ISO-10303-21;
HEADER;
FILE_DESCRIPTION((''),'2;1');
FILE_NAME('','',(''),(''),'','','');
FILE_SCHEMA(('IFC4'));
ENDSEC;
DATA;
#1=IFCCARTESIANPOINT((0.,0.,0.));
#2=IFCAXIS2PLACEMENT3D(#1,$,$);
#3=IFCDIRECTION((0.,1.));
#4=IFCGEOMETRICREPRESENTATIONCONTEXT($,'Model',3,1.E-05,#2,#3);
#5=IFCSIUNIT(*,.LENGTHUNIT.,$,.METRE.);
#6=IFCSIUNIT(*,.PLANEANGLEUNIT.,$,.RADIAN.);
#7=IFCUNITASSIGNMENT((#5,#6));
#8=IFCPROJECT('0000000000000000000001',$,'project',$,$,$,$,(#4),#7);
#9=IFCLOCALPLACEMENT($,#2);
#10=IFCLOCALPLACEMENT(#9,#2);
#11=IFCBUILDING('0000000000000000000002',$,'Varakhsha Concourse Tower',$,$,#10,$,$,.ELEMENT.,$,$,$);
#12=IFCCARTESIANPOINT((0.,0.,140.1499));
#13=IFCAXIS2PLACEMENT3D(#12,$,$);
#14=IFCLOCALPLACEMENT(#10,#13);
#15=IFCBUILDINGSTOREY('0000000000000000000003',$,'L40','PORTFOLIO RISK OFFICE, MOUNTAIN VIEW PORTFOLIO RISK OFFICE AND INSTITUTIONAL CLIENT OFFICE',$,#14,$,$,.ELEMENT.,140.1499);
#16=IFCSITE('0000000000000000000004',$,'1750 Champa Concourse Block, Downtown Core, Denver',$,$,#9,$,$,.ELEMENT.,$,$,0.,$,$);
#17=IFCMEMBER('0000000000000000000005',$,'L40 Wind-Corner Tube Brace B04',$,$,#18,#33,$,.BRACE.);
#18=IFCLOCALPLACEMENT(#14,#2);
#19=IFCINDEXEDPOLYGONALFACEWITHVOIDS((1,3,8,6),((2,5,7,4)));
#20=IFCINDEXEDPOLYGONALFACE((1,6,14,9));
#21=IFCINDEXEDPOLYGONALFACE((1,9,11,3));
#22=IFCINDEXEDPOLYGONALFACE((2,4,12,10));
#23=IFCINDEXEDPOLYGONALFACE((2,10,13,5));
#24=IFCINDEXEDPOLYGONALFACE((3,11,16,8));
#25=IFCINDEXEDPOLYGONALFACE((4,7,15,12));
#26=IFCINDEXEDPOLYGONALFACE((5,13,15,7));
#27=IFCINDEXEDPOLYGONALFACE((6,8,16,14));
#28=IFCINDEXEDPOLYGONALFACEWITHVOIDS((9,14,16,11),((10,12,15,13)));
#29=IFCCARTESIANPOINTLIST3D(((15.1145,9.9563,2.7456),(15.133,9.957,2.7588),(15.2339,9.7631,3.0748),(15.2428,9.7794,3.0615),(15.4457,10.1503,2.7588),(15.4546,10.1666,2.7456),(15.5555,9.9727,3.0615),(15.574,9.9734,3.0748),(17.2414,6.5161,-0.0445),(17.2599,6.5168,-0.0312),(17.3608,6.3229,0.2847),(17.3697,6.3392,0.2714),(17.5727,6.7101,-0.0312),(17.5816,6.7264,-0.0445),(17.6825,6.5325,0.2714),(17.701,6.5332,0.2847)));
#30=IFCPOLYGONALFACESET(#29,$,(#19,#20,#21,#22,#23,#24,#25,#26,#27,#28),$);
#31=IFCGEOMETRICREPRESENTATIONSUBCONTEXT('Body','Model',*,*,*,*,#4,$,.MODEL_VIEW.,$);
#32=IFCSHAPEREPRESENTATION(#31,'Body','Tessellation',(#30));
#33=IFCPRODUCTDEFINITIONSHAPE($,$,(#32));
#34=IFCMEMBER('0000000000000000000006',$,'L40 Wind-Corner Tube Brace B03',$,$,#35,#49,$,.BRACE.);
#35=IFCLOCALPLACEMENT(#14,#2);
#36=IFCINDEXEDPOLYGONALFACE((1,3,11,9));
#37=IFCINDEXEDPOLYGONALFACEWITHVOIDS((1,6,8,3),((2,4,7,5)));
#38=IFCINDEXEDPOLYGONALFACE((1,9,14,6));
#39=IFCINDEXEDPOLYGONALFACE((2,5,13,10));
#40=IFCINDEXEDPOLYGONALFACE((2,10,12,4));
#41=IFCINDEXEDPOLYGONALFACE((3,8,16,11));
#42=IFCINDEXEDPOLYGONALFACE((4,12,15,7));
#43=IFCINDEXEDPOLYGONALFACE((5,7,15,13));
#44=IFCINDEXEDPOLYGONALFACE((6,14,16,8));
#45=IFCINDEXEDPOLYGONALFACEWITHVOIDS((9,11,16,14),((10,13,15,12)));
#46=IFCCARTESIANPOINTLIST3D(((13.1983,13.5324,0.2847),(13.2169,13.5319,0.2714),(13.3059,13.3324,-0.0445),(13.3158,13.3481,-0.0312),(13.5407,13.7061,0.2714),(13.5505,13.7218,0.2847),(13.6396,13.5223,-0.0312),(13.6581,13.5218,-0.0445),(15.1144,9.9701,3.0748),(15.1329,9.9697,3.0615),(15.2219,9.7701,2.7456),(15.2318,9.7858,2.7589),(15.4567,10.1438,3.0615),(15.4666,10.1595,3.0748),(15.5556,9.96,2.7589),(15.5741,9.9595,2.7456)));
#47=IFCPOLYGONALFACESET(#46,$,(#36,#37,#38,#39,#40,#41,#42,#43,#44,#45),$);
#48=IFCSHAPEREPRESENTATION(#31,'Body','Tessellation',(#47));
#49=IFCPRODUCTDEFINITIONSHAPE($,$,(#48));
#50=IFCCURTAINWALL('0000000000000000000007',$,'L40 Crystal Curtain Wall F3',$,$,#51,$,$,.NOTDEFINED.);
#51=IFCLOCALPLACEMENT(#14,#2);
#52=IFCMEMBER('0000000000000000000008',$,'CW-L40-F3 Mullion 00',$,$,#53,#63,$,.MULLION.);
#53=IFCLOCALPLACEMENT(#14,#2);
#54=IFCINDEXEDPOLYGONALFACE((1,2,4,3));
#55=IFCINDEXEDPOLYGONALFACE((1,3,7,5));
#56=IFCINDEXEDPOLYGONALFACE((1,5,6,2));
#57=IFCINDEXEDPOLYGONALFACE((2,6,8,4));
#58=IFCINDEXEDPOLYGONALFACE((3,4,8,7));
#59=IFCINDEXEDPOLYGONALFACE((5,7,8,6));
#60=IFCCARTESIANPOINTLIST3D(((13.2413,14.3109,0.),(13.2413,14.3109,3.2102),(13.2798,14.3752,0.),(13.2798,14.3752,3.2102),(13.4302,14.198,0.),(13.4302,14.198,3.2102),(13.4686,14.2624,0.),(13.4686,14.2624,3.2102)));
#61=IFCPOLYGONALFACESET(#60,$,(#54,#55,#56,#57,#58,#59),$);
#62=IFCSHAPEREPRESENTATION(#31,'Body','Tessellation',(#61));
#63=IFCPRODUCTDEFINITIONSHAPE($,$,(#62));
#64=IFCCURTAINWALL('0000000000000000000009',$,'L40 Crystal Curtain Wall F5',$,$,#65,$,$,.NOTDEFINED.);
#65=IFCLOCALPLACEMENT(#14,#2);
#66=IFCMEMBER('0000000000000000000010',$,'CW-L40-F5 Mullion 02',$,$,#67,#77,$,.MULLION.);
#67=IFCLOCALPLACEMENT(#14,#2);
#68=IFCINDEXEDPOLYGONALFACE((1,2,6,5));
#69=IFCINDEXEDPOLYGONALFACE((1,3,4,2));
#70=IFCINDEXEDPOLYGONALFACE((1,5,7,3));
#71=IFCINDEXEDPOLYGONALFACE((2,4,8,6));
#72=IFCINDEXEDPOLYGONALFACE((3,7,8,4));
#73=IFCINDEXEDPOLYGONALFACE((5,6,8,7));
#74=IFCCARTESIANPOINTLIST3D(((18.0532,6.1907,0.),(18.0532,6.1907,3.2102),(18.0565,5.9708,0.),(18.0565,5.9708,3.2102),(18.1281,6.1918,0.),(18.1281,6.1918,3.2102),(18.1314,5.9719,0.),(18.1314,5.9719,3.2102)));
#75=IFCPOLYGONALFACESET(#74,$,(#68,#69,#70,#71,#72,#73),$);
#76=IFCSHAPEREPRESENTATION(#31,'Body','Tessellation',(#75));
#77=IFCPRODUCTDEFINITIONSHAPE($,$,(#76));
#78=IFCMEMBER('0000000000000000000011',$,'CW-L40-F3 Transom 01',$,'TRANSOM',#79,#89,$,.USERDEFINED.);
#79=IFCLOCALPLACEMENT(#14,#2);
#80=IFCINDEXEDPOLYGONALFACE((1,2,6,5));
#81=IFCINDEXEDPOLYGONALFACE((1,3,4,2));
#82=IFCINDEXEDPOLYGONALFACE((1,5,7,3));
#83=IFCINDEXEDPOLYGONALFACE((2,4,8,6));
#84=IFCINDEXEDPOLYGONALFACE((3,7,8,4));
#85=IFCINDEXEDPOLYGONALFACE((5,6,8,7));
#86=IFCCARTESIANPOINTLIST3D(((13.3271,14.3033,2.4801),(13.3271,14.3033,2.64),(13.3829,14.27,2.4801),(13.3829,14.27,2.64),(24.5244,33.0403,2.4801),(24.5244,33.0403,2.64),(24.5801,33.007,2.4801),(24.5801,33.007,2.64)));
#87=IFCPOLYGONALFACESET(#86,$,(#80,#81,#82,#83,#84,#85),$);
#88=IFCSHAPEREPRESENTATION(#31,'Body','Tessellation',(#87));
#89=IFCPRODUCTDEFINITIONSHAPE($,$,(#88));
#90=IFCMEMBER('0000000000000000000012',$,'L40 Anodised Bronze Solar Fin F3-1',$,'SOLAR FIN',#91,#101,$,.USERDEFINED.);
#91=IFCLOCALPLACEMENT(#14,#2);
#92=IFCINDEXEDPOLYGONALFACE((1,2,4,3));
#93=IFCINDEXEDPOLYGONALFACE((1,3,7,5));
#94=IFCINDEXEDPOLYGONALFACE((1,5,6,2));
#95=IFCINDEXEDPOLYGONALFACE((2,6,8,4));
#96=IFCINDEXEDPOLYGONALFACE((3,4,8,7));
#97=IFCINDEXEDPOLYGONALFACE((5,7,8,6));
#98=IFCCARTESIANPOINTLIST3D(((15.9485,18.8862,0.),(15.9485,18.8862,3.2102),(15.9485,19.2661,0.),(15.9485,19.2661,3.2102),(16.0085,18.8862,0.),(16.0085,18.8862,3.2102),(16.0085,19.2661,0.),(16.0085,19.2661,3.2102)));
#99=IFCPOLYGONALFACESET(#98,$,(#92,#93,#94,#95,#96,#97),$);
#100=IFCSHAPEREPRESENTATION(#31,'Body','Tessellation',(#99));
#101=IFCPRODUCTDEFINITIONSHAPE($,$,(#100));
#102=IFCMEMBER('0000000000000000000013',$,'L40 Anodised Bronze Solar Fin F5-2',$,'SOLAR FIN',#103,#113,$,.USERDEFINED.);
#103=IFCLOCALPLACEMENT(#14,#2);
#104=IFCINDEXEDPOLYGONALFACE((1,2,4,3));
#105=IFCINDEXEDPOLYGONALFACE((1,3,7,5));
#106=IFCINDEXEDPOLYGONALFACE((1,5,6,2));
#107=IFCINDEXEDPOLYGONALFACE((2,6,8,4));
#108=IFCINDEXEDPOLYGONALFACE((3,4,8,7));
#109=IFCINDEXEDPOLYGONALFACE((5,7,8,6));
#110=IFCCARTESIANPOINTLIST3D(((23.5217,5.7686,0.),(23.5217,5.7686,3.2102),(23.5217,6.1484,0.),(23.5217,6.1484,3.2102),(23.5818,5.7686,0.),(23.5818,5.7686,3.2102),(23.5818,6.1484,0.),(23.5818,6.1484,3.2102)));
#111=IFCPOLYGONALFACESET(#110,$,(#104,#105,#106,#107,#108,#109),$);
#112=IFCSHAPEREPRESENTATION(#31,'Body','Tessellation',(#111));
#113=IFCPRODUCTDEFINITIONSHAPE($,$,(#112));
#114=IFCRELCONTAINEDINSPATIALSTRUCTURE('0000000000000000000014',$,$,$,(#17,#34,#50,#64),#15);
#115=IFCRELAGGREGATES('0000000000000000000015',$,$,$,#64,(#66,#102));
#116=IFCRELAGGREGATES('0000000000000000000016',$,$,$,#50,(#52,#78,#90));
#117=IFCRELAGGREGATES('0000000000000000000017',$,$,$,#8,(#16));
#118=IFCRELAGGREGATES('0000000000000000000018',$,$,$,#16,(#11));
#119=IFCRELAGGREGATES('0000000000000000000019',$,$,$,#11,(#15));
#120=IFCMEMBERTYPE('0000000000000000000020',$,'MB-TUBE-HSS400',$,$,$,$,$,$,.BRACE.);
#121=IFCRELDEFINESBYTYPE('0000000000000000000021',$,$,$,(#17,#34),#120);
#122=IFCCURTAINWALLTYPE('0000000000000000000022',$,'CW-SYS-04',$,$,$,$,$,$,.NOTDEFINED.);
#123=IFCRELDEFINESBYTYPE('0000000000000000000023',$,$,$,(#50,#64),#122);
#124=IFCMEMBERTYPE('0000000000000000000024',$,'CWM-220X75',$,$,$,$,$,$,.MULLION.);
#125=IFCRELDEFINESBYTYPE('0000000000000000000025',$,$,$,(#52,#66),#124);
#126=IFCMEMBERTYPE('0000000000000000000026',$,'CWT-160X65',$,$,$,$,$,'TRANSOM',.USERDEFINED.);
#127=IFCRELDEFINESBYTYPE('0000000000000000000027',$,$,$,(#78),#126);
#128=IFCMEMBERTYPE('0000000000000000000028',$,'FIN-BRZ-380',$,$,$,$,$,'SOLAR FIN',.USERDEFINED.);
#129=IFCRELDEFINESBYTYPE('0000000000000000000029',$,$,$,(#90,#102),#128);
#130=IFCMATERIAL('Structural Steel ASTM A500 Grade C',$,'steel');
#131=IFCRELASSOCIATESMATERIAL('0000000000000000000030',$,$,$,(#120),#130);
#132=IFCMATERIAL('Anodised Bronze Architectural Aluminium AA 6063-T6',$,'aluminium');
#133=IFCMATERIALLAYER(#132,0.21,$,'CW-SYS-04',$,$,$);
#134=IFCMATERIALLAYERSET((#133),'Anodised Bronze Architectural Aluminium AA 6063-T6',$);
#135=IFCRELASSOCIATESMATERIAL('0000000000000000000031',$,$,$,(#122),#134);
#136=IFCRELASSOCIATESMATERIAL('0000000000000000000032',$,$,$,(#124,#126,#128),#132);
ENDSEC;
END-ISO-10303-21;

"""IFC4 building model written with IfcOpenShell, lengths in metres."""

from ifc_helpers import new_model, si_unit, direction, frame, origin, origin_2d, place, context, subcontext, project, spatial, rectangle, hollow_rectangle, extrude, source, transform, mapped, material, layer, layer_set, material_profile, profile_set, type_object, type_shapes, element, aggregate, save


model = new_model("IFC4")

# Units and contexts
model_context = context("Model", 3, precision=1e-05, world=origin(), true_north=direction((0.0, 1.0)))
body_context = subcontext(model_context, "Body", "Model", "MODEL_VIEW")
ifc_project = project(units=[si_unit("LENGTHUNIT", "METRE"), si_unit("PLANEANGLEUNIT", "RADIAN")], contexts=[model_context])

# Site, building, storey
site_placement = place(None, origin())
site = spatial("IfcSite", under=ifc_project, at=site_placement, Name="1750 Champa Concourse Block, Downtown Core, Denver", CompositionType="ELEMENT", RefElevation=0.0)
building_placement = place(site_placement, origin())
building = spatial("IfcBuilding", under=site, at=building_placement, Name="Varakhsha Concourse Tower", CompositionType="ELEMENT")
storey_placement = place(building_placement, frame((0.0, 0.0, 140.1499)))
storey = spatial("IfcBuildingStorey", under=building, at=storey_placement, Name="L40", Description="PORTFOLIO RISK OFFICE, MOUNTAIN VIEW PORTFOLIO RISK OFFICE AND INSTITUTIONAL CLIENT OFFICE", CompositionType="ELEMENT", Elevation=140.1499)

# Members
ifc_material_1 = material(Name="Structural Steel ASTM A500 Grade C", Category="steel")
ifc_material_profile_1 = material_profile(ifc_material_1, hollow_rectangle(XDim=0.3999, YDim=0.3999, WallThickness=0.0161, at=origin_2d()), Name="HSS 400x400x16")
ifc_profile_set_1 = profile_set([ifc_material_profile_1], Name="Structural Steel ASTM A500 Grade C")
member_type_1 = type_object("IfcMemberType", Name="MB-TUBE-HSS400", PredefinedType="BRACE", material=ifc_profile_set_1)
shared_shape_1 = source(origin(), body_context, "Body", "SweptSolid", [
    extrude(hollow_rectangle(XDim=0.3999, YDim=0.3999, WallThickness=0.0161, at=origin_2d()), origin(), (0.0, 0.0, 1.0), 4.9136),
])
member_1_placement = place(storey_placement, frame((17.4712, 6.5247, 0.1201), z_axis=(-0.432874, 0.70014, 0.567824), x_axis=(-0.850562, -0.525875, 0.0)))
element("IfcMember", 1, at=member_1_placement, inside=storey, type_object=member_type_1, Name="L40 Wind-Corner Tube Brace B04", PredefinedType="BRACE", context=body_context, shape_type="MappedRepresentation", body=[
    mapped(shared_shape_1, transform((0.0, 0.0, 0.0), scale=1.0)),
])
shared_shape_2 = source(origin(), body_context, "Body", "SweptSolid", [
    extrude(hollow_rectangle(XDim=0.3999, YDim=0.3999, WallThickness=0.0161, at=origin_2d()), origin(), (0.0, 0.0, 1.0), 4.9138),
])
type_shapes(member_type_1, [shared_shape_1, shared_shape_2])
member_2_placement = place(storey_placement, frame((13.4282, 13.5271, 0.1201), z_axis=(0.389928, -0.724954, 0.567801), x_axis=(0.88069, 0.473693, 0.0)))
element("IfcMember", 2, at=member_2_placement, inside=storey, type_object=member_type_1, Name="L40 Wind-Corner Tube Brace B03", PredefinedType="BRACE", context=body_context, shape_type="MappedRepresentation", body=[
    mapped(shared_shape_2, transform((0.0, 0.0, 0.0), scale=1.0)),
])

# Curtain walls, members
ifc_material_2 = material(Name="Anodised Bronze Architectural Aluminium AA 6063-T6", Category="aluminium")
ifc_layer_1 = layer(ifc_material_2, 0.21, Name="CW-SYS-04")
ifc_layer_set_1 = layer_set([ifc_layer_1], Name="Anodised Bronze Architectural Aluminium AA 6063-T6")
curtain_wall_type = type_object("IfcCurtainWallType", Name="CW-SYS-04", PredefinedType="NOTDEFINED", material=ifc_layer_set_1)
curtain_wall_1_placement = place(storey_placement, origin())
curtain_wall_1 = element("IfcCurtainWall", 3, at=curtain_wall_1_placement, inside=storey, type_object=curtain_wall_type, Name="L40 Crystal Curtain Wall F3", PredefinedType="NOTDEFINED")
ifc_material_profile_2 = material_profile(ifc_material_2, rectangle(XDim=0.075, YDim=0.22, at=origin_2d()), Name="CWM-220X75")
ifc_profile_set_2 = profile_set([ifc_material_profile_2], Name="Anodised Bronze Architectural Aluminium AA 6063-T6")
member_type_2 = type_object("IfcMemberType", Name="CWM-220X75", PredefinedType="MULLION", material=ifc_profile_set_2)
shared_shape_3 = source(origin(), body_context, "Body", "SweptSolid", [
    extrude(rectangle(XDim=0.075, YDim=0.22, at=origin_2d()), origin(), (0.0, 0.0, 1.0), 3.2102),
])
type_shapes(member_type_2, [shared_shape_3])
member_3_placement = place(storey_placement, frame((13.355, 14.2866, 0.0), z_axis=(0.0, 0.0, 1.0), x_axis=(0.512984, 0.858398, 0.0)))
member_3 = element("IfcMember", 4, at=member_3_placement, type_object=member_type_2, Name="CW-L40-F3 Mullion 00", PredefinedType="MULLION", context=body_context, shape_type="MappedRepresentation", body=[
    mapped(shared_shape_3, transform((0.0, 0.0, 0.0), scale=1.0)),
])
curtain_wall_2_placement = place(storey_placement, origin())
curtain_wall_2 = element("IfcCurtainWall", 5, at=curtain_wall_2_placement, inside=storey, type_object=curtain_wall_type, Name="L40 Crystal Curtain Wall F5", PredefinedType="NOTDEFINED")
member_4_placement = place(storey_placement, frame((18.0923, 6.0813, 0.0), z_axis=(0.0, 0.0, 1.0), x_axis=(-0.999887, -0.015063, 0.0)))
member_4 = element("IfcMember", 6, at=member_4_placement, type_object=member_type_2, Name="CW-L40-F5 Mullion 02", PredefinedType="MULLION", context=body_context, shape_type="MappedRepresentation", body=[
    mapped(shared_shape_3, transform((0.0, 0.0, 0.0), scale=1.0)),
])

# Members
ifc_material_profile_3 = material_profile(ifc_material_2, rectangle(XDim=0.0649, YDim=0.1599, at=origin_2d()), Name="CWT-160X65")
ifc_profile_set_3 = profile_set([ifc_material_profile_3], Name="Anodised Bronze Architectural Aluminium AA 6063-T6")
member_type_3 = type_object("IfcMemberType", Name="CWT-160X65", ElementType="TRANSOM", PredefinedType="USERDEFINED", material=ifc_profile_set_3)
shared_shape_4 = source(origin(), body_context, "Body", "SweptSolid", [
    extrude(rectangle(XDim=0.0649, YDim=0.1599, at=origin_2d()), origin(), (0.0, 0.0, 1.0), 21.8279),
])
type_shapes(member_type_3, [shared_shape_4])
member_5_placement = place(storey_placement, frame((13.355, 14.2866, 2.5601), z_axis=(0.51298, 0.858401, 0.0), x_axis=(-0.858401, 0.51298, 0.0)))
member_5 = element("IfcMember", 7, at=member_5_placement, type_object=member_type_3, Name="CW-L40-F3 Transom 01", ObjectType="TRANSOM", PredefinedType="USERDEFINED", context=body_context, shape_type="MappedRepresentation", body=[
    mapped(shared_shape_4, transform((0.0, 0.0, 0.0), scale=1.0)),
])
ifc_material_profile_4 = material_profile(ifc_material_2, rectangle(XDim=0.0601, YDim=0.3799, at=origin_2d()), Name="FIN-BRZ-380")
ifc_profile_set_4 = profile_set([ifc_material_profile_4], Name="Anodised Bronze Architectural Aluminium AA 6063-T6")
member_type_4 = type_object("IfcMemberType", Name="FIN-BRZ-380", ElementType="SOLAR FIN", PredefinedType="USERDEFINED", material=ifc_profile_set_4)
shared_shape_5 = source(origin(), body_context, "Body", "SweptSolid", [
    extrude(rectangle(XDim=0.0601, YDim=0.3799, at=origin_2d()), origin(), (0.0, 0.0, 1.0), 3.2102),
])
type_shapes(member_type_4, [shared_shape_5])
member_6_placement = place(storey_placement, frame((15.9785, 19.0762, 0.0), z_axis=(0.0, 0.0, 1.0), x_axis=(1.0, 0.0, 0.0)))
member_6 = element("IfcMember", 8, at=member_6_placement, type_object=member_type_4, Name="L40 Anodised Bronze Solar Fin F3-1", ObjectType="SOLAR FIN", PredefinedType="USERDEFINED", context=body_context, shape_type="MappedRepresentation", body=[
    mapped(shared_shape_5, transform((0.0, 0.0, 0.0), scale=1.0)),
])
member_7_placement = place(storey_placement, frame((23.5518, 5.9585, 0.0), z_axis=(0.0, 0.0, 1.0), x_axis=(1.0, 0.0, 0.0)))
member_7 = element("IfcMember", 9, at=member_7_placement, type_object=member_type_4, Name="L40 Anodised Bronze Solar Fin F5-2", ObjectType="SOLAR FIN", PredefinedType="USERDEFINED", context=body_context, shape_type="MappedRepresentation", body=[
    mapped(shared_shape_5, transform((0.0, 0.0, 0.0), scale=1.0)),
])

aggregate(curtain_wall_2, [member_4, member_7])
aggregate(curtain_wall_1, [member_3, member_5, member_6])

save(model, "model.ifc")
